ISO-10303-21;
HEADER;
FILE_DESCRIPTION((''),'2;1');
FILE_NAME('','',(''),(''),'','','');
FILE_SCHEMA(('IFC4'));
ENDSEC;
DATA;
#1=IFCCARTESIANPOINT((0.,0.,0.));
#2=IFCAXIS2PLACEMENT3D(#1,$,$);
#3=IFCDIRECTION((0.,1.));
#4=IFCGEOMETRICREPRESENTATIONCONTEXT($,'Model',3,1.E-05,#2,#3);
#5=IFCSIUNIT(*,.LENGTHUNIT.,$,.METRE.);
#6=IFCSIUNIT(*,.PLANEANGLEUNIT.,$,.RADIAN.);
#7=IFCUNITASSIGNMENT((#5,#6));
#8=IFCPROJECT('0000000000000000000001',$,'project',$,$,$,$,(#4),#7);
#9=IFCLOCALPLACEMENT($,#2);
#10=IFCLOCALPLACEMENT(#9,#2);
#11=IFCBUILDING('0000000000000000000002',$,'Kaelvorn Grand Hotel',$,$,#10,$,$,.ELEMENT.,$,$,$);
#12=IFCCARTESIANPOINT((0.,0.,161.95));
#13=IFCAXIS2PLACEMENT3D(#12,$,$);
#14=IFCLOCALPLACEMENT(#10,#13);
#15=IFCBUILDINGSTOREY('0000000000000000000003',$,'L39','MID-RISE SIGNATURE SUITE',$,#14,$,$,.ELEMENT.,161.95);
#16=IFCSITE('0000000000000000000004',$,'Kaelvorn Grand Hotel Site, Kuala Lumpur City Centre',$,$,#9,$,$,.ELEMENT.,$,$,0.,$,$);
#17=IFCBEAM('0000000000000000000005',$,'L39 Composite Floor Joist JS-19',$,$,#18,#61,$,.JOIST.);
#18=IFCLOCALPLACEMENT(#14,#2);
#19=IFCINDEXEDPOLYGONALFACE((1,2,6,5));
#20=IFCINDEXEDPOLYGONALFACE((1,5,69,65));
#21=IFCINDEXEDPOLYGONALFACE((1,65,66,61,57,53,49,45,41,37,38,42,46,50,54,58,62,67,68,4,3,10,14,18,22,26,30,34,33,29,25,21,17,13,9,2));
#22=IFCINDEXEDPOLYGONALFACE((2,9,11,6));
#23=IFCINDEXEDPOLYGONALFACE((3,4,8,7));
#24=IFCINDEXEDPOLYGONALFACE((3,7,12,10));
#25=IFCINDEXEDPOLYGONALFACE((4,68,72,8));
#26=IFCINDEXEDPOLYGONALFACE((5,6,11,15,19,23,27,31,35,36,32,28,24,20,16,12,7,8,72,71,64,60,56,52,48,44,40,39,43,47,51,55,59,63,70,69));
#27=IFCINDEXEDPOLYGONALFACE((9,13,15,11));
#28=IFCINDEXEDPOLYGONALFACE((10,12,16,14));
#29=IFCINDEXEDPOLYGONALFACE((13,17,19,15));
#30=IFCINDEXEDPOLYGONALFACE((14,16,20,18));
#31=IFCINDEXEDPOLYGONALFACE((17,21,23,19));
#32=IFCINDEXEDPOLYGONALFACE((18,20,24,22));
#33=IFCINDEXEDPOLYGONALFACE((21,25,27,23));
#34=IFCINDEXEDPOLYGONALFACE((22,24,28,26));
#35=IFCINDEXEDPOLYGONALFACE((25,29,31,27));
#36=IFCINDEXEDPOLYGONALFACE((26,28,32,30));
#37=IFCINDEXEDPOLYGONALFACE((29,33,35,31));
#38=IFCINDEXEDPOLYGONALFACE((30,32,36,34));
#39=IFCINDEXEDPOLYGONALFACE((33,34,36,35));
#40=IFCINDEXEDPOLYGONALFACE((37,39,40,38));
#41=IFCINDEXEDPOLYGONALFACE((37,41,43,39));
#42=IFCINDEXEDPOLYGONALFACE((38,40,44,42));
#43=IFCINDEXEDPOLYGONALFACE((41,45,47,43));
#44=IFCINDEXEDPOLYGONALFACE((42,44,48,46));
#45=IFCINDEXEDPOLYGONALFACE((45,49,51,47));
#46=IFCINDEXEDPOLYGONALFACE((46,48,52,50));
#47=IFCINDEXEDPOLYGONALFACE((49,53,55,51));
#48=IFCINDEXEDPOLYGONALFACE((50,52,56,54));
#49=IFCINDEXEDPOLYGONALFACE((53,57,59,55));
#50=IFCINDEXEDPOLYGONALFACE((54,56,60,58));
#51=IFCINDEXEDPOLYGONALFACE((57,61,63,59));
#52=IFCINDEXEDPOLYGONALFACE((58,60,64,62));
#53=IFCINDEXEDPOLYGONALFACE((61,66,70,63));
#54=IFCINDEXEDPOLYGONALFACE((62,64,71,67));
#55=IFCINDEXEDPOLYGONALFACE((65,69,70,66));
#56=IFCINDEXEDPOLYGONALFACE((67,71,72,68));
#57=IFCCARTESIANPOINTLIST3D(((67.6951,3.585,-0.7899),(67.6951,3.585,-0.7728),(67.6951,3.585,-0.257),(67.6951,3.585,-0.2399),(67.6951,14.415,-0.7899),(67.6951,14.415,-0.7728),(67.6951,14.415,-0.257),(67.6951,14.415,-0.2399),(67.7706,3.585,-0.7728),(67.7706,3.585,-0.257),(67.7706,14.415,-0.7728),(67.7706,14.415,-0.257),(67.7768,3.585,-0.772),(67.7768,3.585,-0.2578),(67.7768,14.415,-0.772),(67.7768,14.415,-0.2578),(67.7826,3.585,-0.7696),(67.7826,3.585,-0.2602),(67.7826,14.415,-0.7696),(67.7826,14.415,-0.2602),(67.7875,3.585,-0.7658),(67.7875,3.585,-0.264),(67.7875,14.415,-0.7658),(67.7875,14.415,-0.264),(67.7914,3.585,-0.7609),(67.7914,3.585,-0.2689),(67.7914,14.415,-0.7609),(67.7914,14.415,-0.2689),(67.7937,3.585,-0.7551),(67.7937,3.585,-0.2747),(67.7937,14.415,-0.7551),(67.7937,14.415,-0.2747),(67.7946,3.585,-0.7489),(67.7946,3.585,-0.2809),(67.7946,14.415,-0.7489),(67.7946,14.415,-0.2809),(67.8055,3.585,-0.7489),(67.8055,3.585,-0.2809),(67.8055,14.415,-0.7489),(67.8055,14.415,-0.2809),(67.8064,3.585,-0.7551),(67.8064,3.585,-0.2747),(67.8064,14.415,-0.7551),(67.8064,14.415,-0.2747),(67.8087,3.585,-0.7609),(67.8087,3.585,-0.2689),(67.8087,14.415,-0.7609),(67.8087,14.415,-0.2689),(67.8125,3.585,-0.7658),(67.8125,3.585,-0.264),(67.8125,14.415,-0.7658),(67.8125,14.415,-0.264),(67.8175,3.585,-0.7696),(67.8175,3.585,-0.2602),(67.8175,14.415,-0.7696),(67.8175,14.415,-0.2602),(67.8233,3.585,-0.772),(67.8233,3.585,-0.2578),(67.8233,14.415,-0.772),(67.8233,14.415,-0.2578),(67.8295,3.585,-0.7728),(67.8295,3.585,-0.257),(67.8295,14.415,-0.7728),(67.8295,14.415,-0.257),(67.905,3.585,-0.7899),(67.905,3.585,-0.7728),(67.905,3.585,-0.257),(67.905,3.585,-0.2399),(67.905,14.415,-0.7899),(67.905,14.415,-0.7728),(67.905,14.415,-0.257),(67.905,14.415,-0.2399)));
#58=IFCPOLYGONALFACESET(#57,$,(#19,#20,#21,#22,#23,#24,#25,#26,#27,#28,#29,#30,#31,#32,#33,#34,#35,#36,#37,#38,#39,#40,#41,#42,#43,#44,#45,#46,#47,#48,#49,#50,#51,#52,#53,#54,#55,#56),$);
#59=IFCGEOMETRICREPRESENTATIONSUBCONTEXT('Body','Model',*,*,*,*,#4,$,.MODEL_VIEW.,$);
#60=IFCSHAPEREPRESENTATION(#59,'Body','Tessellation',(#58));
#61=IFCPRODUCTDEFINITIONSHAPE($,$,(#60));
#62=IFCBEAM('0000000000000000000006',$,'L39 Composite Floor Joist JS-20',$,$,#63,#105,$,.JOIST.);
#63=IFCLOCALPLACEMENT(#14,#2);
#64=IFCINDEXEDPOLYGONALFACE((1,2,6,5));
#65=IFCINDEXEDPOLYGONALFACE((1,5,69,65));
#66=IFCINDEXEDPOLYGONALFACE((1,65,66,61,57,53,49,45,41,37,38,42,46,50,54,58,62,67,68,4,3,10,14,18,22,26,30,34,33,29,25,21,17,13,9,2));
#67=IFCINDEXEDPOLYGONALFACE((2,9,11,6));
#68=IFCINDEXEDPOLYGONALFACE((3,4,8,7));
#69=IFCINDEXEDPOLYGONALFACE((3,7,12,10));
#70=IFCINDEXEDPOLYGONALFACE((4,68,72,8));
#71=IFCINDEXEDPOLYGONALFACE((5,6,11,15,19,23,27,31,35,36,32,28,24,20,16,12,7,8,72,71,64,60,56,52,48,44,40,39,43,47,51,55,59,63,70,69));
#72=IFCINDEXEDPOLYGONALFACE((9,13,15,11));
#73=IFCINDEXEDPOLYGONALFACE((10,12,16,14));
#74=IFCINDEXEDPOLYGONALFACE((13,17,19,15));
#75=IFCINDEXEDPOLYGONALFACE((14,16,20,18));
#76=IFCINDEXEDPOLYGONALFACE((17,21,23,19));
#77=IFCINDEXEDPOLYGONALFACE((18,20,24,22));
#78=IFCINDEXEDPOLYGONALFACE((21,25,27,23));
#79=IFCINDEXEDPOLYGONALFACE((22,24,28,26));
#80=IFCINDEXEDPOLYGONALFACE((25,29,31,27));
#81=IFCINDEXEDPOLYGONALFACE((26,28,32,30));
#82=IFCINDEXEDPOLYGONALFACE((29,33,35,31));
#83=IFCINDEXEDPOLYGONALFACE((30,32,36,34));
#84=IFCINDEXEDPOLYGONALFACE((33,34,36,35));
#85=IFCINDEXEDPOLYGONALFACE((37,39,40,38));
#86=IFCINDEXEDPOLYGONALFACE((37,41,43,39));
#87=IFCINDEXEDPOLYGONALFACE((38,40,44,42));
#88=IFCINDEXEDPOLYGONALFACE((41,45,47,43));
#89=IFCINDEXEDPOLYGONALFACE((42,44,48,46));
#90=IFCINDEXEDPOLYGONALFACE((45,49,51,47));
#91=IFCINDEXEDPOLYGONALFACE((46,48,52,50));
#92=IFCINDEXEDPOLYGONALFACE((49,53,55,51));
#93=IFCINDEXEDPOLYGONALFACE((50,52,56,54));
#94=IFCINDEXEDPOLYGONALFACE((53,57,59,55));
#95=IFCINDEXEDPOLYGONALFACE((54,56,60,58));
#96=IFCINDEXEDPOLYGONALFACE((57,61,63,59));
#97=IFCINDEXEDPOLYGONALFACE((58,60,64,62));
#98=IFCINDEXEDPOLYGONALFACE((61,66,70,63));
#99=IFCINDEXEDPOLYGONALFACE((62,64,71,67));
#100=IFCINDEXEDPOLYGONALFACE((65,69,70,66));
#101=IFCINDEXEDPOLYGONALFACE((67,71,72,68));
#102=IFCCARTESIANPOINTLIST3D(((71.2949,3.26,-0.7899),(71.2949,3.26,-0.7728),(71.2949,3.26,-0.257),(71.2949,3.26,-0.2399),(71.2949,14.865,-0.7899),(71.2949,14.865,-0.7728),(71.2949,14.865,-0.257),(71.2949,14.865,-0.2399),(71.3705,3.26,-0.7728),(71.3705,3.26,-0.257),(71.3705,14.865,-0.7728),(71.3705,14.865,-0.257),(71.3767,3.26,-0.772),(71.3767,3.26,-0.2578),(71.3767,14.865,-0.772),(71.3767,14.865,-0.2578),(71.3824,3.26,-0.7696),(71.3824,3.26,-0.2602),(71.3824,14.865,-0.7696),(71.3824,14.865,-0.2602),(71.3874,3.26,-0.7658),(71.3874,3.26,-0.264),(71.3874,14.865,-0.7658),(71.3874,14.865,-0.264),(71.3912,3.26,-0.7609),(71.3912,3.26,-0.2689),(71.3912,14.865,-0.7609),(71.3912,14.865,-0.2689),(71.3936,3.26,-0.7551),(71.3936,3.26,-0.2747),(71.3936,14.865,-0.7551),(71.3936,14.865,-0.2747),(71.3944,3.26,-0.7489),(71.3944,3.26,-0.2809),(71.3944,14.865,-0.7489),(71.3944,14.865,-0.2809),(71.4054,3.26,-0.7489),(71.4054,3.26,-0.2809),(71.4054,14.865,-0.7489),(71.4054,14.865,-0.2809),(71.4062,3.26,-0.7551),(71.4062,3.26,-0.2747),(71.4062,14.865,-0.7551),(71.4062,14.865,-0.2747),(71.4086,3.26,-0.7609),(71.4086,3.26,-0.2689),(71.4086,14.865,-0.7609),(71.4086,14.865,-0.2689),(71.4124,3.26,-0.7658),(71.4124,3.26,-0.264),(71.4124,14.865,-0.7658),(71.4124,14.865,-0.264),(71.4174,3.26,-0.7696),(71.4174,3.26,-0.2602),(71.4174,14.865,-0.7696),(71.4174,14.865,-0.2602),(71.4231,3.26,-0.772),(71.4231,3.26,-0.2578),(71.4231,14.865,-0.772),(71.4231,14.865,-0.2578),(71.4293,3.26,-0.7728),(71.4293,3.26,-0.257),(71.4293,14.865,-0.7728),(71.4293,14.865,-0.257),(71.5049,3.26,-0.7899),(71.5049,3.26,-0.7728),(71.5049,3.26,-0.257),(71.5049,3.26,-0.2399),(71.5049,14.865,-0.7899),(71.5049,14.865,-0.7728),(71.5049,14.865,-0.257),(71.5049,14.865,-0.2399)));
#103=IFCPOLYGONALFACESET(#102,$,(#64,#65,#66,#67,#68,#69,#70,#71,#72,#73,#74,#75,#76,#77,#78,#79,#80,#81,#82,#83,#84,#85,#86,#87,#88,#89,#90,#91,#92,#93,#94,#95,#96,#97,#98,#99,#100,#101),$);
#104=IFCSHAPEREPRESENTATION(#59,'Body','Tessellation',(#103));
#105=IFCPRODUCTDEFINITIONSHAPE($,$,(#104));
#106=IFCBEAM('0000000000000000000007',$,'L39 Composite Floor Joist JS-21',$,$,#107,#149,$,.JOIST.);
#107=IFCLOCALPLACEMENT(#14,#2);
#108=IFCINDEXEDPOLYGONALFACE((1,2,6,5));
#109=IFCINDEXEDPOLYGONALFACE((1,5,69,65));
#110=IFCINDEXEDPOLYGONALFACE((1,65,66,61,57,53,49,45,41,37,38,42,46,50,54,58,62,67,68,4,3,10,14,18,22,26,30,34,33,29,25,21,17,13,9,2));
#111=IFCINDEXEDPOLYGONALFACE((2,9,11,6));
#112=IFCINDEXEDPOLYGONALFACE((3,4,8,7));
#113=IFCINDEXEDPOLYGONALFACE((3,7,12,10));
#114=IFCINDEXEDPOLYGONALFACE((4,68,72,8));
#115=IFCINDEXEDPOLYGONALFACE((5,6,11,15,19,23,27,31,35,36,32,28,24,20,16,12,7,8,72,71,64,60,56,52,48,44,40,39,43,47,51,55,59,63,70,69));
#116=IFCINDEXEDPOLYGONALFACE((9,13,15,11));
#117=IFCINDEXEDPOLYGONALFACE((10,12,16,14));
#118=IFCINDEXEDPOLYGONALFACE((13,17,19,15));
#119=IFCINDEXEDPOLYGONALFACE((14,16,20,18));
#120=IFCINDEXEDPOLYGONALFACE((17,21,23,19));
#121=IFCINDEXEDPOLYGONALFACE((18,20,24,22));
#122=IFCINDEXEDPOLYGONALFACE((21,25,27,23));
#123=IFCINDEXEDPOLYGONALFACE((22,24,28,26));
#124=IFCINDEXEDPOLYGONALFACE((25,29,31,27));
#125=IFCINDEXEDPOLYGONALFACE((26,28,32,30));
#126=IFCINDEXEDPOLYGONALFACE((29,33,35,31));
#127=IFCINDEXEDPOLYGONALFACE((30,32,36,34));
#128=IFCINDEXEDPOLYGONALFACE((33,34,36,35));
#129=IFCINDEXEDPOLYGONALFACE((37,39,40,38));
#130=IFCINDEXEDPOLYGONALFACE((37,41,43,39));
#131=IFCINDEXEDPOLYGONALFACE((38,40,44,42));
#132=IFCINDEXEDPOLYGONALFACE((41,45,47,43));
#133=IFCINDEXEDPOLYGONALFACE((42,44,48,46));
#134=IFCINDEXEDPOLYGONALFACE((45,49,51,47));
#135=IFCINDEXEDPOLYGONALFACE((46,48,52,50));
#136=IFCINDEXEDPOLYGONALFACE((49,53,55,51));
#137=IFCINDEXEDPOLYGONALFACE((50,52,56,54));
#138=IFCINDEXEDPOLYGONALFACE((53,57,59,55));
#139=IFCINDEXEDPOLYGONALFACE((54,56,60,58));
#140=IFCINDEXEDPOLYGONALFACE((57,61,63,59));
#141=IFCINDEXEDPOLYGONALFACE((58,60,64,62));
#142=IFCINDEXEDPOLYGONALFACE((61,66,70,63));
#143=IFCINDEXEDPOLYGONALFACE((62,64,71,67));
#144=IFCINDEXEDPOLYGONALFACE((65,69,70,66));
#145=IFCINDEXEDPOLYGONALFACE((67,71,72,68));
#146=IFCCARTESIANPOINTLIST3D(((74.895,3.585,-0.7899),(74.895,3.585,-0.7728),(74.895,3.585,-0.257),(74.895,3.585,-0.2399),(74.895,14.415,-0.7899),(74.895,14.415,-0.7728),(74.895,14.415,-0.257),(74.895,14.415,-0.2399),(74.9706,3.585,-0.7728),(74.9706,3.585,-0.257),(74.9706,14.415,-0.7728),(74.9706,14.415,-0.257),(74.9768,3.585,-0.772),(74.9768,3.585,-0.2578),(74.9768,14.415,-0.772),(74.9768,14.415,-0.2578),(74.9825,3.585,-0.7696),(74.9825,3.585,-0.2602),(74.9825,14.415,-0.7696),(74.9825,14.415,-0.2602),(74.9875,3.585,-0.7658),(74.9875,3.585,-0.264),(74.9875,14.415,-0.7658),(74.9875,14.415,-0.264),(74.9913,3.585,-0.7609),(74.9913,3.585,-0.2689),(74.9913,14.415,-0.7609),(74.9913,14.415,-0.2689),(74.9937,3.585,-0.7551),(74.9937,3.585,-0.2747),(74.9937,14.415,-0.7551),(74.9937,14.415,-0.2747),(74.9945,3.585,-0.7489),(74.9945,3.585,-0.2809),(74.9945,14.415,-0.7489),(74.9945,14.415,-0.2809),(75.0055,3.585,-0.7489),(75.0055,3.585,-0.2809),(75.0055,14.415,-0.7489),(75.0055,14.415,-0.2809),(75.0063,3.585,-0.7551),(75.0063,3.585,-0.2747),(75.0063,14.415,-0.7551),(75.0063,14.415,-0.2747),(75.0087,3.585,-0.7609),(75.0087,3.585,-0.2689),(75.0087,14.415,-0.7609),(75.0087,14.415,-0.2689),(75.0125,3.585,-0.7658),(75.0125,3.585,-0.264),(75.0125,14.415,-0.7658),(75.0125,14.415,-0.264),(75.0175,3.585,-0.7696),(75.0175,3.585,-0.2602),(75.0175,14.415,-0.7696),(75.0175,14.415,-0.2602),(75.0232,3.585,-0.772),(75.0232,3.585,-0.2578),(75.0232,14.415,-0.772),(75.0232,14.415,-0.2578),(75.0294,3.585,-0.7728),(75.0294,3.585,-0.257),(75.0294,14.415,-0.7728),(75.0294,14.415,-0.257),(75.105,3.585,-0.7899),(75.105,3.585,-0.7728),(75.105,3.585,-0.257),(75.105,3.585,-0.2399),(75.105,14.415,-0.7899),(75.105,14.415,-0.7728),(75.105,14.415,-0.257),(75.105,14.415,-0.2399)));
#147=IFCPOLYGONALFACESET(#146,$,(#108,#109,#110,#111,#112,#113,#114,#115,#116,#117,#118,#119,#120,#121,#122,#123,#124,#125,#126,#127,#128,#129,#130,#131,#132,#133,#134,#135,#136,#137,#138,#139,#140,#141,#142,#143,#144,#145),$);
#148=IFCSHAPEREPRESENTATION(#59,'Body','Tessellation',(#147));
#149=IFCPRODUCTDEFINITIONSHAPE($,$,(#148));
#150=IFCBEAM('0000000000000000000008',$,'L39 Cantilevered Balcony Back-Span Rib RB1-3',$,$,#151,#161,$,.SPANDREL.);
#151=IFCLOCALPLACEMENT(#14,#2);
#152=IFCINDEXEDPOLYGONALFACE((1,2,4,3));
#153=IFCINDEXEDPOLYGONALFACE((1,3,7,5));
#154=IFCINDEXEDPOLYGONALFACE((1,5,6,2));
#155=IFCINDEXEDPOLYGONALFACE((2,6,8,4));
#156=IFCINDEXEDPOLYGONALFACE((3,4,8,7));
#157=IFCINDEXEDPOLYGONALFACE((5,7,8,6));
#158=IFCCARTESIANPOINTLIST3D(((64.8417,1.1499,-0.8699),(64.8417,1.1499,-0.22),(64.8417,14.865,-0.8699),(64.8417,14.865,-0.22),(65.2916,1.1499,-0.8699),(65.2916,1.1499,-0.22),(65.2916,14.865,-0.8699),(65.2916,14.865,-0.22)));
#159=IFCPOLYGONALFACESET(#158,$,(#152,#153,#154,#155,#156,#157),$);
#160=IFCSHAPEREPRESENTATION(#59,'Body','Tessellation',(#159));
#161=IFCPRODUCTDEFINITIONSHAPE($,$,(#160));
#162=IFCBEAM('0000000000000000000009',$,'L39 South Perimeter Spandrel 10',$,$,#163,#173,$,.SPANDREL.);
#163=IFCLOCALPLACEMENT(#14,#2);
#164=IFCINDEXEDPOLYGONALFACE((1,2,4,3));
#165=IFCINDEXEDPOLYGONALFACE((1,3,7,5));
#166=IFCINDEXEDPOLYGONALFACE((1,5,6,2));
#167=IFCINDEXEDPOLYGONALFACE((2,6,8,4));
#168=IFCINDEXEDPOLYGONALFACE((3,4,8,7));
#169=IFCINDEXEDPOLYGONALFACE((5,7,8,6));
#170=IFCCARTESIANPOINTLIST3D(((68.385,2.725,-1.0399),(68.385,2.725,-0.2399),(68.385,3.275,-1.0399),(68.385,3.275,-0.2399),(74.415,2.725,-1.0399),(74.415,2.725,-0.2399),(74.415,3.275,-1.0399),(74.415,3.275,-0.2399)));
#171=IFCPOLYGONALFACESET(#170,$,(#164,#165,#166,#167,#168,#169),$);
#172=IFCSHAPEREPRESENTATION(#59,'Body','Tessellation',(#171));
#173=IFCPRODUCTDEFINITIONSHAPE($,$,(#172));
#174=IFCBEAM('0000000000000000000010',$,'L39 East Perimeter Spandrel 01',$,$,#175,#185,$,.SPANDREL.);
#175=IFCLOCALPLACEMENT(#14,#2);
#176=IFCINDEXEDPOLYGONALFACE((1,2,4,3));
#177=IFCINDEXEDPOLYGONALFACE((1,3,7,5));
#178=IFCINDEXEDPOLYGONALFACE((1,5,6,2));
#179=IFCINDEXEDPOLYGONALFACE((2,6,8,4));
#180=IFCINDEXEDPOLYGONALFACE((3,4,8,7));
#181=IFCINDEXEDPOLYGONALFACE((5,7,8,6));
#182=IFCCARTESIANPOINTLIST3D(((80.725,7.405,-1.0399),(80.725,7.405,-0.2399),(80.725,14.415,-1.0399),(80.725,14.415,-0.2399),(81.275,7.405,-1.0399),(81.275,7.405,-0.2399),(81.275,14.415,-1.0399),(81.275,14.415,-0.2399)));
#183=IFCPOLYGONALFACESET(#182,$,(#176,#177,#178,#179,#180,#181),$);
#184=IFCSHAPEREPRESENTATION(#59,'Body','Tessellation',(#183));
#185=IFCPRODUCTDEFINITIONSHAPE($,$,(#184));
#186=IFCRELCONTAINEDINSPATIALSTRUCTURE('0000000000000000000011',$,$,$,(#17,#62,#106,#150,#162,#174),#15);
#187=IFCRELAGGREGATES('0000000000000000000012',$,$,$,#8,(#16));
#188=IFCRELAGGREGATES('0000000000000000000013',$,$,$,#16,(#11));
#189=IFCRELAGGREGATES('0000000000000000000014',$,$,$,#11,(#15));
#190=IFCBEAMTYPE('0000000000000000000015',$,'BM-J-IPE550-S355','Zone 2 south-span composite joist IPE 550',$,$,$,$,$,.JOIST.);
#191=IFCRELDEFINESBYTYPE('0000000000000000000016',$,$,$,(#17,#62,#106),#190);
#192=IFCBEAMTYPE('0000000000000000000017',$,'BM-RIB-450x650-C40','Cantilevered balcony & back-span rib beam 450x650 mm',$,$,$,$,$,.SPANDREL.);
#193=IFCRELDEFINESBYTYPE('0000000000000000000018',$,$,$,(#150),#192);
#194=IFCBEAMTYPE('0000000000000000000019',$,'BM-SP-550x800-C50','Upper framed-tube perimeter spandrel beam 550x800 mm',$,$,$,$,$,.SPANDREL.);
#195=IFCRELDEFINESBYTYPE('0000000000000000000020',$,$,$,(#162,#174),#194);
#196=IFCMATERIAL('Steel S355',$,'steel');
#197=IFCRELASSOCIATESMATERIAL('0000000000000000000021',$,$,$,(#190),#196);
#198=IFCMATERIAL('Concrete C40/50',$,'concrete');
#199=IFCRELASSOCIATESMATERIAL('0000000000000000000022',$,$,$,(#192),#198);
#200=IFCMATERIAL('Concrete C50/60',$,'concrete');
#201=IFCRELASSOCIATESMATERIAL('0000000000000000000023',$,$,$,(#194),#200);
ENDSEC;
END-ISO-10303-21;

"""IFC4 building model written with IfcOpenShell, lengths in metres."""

from ifc_helpers import new_model, si_unit, direction, frame, origin, origin_2d, place, context, subcontext, project, spatial, rectangle, i_section, extrude, material, material_profile, profile_set, type_object, element, save


model = new_model("IFC4")

# Units and contexts
model_context = context("Model", 3, precision=1e-05, world=origin(), true_north=direction((0.0, 1.0)))
body_context = subcontext(model_context, "Body", "Model", "MODEL_VIEW")
ifc_project = project(units=[si_unit("LENGTHUNIT", "METRE"), si_unit("PLANEANGLEUNIT", "RADIAN")], contexts=[model_context])

# Site, building, storey
site_placement = place(None, origin())
site = spatial("IfcSite", under=ifc_project, at=site_placement, Name="Kaelvorn Grand Hotel Site, Kuala Lumpur City Centre", CompositionType="ELEMENT", RefElevation=0.0)
building_placement = place(site_placement, origin())
building = spatial("IfcBuilding", under=site, at=building_placement, Name="Kaelvorn Grand Hotel", CompositionType="ELEMENT")
storey_placement = place(building_placement, frame((0.0, 0.0, 161.95)))
storey = spatial("IfcBuildingStorey", under=building, at=storey_placement, Name="L39", Description="MID-RISE SIGNATURE SUITE", CompositionType="ELEMENT", Elevation=161.95)

# Beams
ifc_material_1 = material(Name="Steel S355", Category="steel")
ifc_material_profile_1 = material_profile(ifc_material_1, i_section(OverallWidth=0.21, OverallDepth=0.55, WebThickness=0.011, FlangeThickness=0.0171, FilletRadius=0.0239, at=origin_2d()), Name="IPE 550")
ifc_profile_set_1 = profile_set([ifc_material_profile_1], Name="Steel S355")
beam_type_1 = type_object("IfcBeamType", Name="BM-J-IPE550-S355", Description="Zone 2 south-span composite joist IPE 550", PredefinedType="JOIST", material=ifc_profile_set_1)
beam_1_placement = place(storey_placement, frame((67.8, 3.585, -0.5149), z_axis=(0.0, 1.0, 0.0), x_axis=(-1.0, 0.0, 0.0)))
element("IfcBeam", 1, at=beam_1_placement, inside=storey, type_object=beam_type_1, Name="L39 Composite Floor Joist JS-19", PredefinedType="JOIST", context=body_context, shape_type="SweptSolid", body=[
    extrude(i_section(OverallWidth=0.21, OverallDepth=0.55, WebThickness=0.011, FlangeThickness=0.0171, FilletRadius=0.0239, at=origin_2d()), origin(), (0.0, 0.0, 1.0), 10.8301),
])
beam_2_placement = place(storey_placement, frame((71.3999, 3.26, -0.5149), z_axis=(0.0, 1.0, 0.0), x_axis=(-1.0, 0.0, 0.0)))
element("IfcBeam", 2, at=beam_2_placement, inside=storey, type_object=beam_type_1, Name="L39 Composite Floor Joist JS-20", PredefinedType="JOIST", context=body_context, shape_type="SweptSolid", body=[
    extrude(i_section(OverallWidth=0.21, OverallDepth=0.55, WebThickness=0.011, FlangeThickness=0.0171, FilletRadius=0.0239, at=origin_2d()), origin(), (0.0, 0.0, 1.0), 11.605),
])
beam_3_placement = place(storey_placement, frame((75.0, 3.585, -0.5149), z_axis=(0.0, 1.0, 0.0), x_axis=(-1.0, 0.0, 0.0)))
element("IfcBeam", 3, at=beam_3_placement, inside=storey, type_object=beam_type_1, Name="L39 Composite Floor Joist JS-21", PredefinedType="JOIST", context=body_context, shape_type="SweptSolid", body=[
    extrude(i_section(OverallWidth=0.21, OverallDepth=0.55, WebThickness=0.011, FlangeThickness=0.0171, FilletRadius=0.0239, at=origin_2d()), origin(), (0.0, 0.0, 1.0), 10.8301),
])
ifc_material_2 = material(Name="Concrete C40/50", Category="concrete")
ifc_material_profile_2 = material_profile(ifc_material_2, rectangle(XDim=0.45, YDim=0.6499, at=origin_2d()), Name="RC RIB 450x650")
ifc_profile_set_2 = profile_set([ifc_material_profile_2], Name="Concrete C40/50")
beam_type_2 = type_object("IfcBeamType", Name="BM-RIB-450x650-C40", Description="Cantilevered balcony & back-span rib beam 450x650 mm", PredefinedType="SPANDREL", material=ifc_profile_set_2)
beam_4_placement = place(storey_placement, frame((65.0667, 1.1499, -0.5449), z_axis=(0.0, 1.0, 0.0), x_axis=(-1.0, 0.0, 0.0)))
element("IfcBeam", 4, at=beam_4_placement, inside=storey, type_object=beam_type_2, Name="L39 Cantilevered Balcony Back-Span Rib RB1-3", PredefinedType="SPANDREL", context=body_context, shape_type="SweptSolid", body=[
    extrude(rectangle(XDim=0.45, YDim=0.6499, at=origin_2d()), origin(), (0.0, 0.0, 1.0), 13.7151),
])
ifc_material_3 = material(Name="Concrete C50/60", Category="concrete")
ifc_material_profile_3 = material_profile(ifc_material_3, rectangle(XDim=0.55, YDim=0.8, at=origin_2d()), Name="RC SPANDREL 550x800")
ifc_profile_set_3 = profile_set([ifc_material_profile_3], Name="Concrete C50/60")
beam_type_3 = type_object("IfcBeamType", Name="BM-SP-550x800-C50", Description="Upper framed-tube perimeter spandrel beam 550x800 mm", PredefinedType="SPANDREL", material=ifc_profile_set_3)
beam_5_placement = place(storey_placement, frame((68.385, 3.0, -0.6399), z_axis=(1.0, 0.0, 0.0), x_axis=(0.0, 1.0, 0.0)))
element("IfcBeam", 5, at=beam_5_placement, inside=storey, type_object=beam_type_3, Name="L39 South Perimeter Spandrel 10", PredefinedType="SPANDREL", context=body_context, shape_type="SweptSolid", body=[
    extrude(rectangle(XDim=0.55, YDim=0.8, at=origin_2d()), origin(), (0.0, 0.0, 1.0), 6.03),
])
beam_6_placement = place(storey_placement, frame((81.0, 7.405, -0.6399), z_axis=(0.0, 1.0, 0.0), x_axis=(-1.0, 0.0, 0.0)))
element("IfcBeam", 6, at=beam_6_placement, inside=storey, type_object=beam_type_3, Name="L39 East Perimeter Spandrel 01", PredefinedType="SPANDREL", context=body_context, shape_type="SweptSolid", body=[
    extrude(rectangle(XDim=0.55, YDim=0.8, at=origin_2d()), origin(), (0.0, 0.0, 1.0), 7.01),
])

save(model, "model.ifc")
